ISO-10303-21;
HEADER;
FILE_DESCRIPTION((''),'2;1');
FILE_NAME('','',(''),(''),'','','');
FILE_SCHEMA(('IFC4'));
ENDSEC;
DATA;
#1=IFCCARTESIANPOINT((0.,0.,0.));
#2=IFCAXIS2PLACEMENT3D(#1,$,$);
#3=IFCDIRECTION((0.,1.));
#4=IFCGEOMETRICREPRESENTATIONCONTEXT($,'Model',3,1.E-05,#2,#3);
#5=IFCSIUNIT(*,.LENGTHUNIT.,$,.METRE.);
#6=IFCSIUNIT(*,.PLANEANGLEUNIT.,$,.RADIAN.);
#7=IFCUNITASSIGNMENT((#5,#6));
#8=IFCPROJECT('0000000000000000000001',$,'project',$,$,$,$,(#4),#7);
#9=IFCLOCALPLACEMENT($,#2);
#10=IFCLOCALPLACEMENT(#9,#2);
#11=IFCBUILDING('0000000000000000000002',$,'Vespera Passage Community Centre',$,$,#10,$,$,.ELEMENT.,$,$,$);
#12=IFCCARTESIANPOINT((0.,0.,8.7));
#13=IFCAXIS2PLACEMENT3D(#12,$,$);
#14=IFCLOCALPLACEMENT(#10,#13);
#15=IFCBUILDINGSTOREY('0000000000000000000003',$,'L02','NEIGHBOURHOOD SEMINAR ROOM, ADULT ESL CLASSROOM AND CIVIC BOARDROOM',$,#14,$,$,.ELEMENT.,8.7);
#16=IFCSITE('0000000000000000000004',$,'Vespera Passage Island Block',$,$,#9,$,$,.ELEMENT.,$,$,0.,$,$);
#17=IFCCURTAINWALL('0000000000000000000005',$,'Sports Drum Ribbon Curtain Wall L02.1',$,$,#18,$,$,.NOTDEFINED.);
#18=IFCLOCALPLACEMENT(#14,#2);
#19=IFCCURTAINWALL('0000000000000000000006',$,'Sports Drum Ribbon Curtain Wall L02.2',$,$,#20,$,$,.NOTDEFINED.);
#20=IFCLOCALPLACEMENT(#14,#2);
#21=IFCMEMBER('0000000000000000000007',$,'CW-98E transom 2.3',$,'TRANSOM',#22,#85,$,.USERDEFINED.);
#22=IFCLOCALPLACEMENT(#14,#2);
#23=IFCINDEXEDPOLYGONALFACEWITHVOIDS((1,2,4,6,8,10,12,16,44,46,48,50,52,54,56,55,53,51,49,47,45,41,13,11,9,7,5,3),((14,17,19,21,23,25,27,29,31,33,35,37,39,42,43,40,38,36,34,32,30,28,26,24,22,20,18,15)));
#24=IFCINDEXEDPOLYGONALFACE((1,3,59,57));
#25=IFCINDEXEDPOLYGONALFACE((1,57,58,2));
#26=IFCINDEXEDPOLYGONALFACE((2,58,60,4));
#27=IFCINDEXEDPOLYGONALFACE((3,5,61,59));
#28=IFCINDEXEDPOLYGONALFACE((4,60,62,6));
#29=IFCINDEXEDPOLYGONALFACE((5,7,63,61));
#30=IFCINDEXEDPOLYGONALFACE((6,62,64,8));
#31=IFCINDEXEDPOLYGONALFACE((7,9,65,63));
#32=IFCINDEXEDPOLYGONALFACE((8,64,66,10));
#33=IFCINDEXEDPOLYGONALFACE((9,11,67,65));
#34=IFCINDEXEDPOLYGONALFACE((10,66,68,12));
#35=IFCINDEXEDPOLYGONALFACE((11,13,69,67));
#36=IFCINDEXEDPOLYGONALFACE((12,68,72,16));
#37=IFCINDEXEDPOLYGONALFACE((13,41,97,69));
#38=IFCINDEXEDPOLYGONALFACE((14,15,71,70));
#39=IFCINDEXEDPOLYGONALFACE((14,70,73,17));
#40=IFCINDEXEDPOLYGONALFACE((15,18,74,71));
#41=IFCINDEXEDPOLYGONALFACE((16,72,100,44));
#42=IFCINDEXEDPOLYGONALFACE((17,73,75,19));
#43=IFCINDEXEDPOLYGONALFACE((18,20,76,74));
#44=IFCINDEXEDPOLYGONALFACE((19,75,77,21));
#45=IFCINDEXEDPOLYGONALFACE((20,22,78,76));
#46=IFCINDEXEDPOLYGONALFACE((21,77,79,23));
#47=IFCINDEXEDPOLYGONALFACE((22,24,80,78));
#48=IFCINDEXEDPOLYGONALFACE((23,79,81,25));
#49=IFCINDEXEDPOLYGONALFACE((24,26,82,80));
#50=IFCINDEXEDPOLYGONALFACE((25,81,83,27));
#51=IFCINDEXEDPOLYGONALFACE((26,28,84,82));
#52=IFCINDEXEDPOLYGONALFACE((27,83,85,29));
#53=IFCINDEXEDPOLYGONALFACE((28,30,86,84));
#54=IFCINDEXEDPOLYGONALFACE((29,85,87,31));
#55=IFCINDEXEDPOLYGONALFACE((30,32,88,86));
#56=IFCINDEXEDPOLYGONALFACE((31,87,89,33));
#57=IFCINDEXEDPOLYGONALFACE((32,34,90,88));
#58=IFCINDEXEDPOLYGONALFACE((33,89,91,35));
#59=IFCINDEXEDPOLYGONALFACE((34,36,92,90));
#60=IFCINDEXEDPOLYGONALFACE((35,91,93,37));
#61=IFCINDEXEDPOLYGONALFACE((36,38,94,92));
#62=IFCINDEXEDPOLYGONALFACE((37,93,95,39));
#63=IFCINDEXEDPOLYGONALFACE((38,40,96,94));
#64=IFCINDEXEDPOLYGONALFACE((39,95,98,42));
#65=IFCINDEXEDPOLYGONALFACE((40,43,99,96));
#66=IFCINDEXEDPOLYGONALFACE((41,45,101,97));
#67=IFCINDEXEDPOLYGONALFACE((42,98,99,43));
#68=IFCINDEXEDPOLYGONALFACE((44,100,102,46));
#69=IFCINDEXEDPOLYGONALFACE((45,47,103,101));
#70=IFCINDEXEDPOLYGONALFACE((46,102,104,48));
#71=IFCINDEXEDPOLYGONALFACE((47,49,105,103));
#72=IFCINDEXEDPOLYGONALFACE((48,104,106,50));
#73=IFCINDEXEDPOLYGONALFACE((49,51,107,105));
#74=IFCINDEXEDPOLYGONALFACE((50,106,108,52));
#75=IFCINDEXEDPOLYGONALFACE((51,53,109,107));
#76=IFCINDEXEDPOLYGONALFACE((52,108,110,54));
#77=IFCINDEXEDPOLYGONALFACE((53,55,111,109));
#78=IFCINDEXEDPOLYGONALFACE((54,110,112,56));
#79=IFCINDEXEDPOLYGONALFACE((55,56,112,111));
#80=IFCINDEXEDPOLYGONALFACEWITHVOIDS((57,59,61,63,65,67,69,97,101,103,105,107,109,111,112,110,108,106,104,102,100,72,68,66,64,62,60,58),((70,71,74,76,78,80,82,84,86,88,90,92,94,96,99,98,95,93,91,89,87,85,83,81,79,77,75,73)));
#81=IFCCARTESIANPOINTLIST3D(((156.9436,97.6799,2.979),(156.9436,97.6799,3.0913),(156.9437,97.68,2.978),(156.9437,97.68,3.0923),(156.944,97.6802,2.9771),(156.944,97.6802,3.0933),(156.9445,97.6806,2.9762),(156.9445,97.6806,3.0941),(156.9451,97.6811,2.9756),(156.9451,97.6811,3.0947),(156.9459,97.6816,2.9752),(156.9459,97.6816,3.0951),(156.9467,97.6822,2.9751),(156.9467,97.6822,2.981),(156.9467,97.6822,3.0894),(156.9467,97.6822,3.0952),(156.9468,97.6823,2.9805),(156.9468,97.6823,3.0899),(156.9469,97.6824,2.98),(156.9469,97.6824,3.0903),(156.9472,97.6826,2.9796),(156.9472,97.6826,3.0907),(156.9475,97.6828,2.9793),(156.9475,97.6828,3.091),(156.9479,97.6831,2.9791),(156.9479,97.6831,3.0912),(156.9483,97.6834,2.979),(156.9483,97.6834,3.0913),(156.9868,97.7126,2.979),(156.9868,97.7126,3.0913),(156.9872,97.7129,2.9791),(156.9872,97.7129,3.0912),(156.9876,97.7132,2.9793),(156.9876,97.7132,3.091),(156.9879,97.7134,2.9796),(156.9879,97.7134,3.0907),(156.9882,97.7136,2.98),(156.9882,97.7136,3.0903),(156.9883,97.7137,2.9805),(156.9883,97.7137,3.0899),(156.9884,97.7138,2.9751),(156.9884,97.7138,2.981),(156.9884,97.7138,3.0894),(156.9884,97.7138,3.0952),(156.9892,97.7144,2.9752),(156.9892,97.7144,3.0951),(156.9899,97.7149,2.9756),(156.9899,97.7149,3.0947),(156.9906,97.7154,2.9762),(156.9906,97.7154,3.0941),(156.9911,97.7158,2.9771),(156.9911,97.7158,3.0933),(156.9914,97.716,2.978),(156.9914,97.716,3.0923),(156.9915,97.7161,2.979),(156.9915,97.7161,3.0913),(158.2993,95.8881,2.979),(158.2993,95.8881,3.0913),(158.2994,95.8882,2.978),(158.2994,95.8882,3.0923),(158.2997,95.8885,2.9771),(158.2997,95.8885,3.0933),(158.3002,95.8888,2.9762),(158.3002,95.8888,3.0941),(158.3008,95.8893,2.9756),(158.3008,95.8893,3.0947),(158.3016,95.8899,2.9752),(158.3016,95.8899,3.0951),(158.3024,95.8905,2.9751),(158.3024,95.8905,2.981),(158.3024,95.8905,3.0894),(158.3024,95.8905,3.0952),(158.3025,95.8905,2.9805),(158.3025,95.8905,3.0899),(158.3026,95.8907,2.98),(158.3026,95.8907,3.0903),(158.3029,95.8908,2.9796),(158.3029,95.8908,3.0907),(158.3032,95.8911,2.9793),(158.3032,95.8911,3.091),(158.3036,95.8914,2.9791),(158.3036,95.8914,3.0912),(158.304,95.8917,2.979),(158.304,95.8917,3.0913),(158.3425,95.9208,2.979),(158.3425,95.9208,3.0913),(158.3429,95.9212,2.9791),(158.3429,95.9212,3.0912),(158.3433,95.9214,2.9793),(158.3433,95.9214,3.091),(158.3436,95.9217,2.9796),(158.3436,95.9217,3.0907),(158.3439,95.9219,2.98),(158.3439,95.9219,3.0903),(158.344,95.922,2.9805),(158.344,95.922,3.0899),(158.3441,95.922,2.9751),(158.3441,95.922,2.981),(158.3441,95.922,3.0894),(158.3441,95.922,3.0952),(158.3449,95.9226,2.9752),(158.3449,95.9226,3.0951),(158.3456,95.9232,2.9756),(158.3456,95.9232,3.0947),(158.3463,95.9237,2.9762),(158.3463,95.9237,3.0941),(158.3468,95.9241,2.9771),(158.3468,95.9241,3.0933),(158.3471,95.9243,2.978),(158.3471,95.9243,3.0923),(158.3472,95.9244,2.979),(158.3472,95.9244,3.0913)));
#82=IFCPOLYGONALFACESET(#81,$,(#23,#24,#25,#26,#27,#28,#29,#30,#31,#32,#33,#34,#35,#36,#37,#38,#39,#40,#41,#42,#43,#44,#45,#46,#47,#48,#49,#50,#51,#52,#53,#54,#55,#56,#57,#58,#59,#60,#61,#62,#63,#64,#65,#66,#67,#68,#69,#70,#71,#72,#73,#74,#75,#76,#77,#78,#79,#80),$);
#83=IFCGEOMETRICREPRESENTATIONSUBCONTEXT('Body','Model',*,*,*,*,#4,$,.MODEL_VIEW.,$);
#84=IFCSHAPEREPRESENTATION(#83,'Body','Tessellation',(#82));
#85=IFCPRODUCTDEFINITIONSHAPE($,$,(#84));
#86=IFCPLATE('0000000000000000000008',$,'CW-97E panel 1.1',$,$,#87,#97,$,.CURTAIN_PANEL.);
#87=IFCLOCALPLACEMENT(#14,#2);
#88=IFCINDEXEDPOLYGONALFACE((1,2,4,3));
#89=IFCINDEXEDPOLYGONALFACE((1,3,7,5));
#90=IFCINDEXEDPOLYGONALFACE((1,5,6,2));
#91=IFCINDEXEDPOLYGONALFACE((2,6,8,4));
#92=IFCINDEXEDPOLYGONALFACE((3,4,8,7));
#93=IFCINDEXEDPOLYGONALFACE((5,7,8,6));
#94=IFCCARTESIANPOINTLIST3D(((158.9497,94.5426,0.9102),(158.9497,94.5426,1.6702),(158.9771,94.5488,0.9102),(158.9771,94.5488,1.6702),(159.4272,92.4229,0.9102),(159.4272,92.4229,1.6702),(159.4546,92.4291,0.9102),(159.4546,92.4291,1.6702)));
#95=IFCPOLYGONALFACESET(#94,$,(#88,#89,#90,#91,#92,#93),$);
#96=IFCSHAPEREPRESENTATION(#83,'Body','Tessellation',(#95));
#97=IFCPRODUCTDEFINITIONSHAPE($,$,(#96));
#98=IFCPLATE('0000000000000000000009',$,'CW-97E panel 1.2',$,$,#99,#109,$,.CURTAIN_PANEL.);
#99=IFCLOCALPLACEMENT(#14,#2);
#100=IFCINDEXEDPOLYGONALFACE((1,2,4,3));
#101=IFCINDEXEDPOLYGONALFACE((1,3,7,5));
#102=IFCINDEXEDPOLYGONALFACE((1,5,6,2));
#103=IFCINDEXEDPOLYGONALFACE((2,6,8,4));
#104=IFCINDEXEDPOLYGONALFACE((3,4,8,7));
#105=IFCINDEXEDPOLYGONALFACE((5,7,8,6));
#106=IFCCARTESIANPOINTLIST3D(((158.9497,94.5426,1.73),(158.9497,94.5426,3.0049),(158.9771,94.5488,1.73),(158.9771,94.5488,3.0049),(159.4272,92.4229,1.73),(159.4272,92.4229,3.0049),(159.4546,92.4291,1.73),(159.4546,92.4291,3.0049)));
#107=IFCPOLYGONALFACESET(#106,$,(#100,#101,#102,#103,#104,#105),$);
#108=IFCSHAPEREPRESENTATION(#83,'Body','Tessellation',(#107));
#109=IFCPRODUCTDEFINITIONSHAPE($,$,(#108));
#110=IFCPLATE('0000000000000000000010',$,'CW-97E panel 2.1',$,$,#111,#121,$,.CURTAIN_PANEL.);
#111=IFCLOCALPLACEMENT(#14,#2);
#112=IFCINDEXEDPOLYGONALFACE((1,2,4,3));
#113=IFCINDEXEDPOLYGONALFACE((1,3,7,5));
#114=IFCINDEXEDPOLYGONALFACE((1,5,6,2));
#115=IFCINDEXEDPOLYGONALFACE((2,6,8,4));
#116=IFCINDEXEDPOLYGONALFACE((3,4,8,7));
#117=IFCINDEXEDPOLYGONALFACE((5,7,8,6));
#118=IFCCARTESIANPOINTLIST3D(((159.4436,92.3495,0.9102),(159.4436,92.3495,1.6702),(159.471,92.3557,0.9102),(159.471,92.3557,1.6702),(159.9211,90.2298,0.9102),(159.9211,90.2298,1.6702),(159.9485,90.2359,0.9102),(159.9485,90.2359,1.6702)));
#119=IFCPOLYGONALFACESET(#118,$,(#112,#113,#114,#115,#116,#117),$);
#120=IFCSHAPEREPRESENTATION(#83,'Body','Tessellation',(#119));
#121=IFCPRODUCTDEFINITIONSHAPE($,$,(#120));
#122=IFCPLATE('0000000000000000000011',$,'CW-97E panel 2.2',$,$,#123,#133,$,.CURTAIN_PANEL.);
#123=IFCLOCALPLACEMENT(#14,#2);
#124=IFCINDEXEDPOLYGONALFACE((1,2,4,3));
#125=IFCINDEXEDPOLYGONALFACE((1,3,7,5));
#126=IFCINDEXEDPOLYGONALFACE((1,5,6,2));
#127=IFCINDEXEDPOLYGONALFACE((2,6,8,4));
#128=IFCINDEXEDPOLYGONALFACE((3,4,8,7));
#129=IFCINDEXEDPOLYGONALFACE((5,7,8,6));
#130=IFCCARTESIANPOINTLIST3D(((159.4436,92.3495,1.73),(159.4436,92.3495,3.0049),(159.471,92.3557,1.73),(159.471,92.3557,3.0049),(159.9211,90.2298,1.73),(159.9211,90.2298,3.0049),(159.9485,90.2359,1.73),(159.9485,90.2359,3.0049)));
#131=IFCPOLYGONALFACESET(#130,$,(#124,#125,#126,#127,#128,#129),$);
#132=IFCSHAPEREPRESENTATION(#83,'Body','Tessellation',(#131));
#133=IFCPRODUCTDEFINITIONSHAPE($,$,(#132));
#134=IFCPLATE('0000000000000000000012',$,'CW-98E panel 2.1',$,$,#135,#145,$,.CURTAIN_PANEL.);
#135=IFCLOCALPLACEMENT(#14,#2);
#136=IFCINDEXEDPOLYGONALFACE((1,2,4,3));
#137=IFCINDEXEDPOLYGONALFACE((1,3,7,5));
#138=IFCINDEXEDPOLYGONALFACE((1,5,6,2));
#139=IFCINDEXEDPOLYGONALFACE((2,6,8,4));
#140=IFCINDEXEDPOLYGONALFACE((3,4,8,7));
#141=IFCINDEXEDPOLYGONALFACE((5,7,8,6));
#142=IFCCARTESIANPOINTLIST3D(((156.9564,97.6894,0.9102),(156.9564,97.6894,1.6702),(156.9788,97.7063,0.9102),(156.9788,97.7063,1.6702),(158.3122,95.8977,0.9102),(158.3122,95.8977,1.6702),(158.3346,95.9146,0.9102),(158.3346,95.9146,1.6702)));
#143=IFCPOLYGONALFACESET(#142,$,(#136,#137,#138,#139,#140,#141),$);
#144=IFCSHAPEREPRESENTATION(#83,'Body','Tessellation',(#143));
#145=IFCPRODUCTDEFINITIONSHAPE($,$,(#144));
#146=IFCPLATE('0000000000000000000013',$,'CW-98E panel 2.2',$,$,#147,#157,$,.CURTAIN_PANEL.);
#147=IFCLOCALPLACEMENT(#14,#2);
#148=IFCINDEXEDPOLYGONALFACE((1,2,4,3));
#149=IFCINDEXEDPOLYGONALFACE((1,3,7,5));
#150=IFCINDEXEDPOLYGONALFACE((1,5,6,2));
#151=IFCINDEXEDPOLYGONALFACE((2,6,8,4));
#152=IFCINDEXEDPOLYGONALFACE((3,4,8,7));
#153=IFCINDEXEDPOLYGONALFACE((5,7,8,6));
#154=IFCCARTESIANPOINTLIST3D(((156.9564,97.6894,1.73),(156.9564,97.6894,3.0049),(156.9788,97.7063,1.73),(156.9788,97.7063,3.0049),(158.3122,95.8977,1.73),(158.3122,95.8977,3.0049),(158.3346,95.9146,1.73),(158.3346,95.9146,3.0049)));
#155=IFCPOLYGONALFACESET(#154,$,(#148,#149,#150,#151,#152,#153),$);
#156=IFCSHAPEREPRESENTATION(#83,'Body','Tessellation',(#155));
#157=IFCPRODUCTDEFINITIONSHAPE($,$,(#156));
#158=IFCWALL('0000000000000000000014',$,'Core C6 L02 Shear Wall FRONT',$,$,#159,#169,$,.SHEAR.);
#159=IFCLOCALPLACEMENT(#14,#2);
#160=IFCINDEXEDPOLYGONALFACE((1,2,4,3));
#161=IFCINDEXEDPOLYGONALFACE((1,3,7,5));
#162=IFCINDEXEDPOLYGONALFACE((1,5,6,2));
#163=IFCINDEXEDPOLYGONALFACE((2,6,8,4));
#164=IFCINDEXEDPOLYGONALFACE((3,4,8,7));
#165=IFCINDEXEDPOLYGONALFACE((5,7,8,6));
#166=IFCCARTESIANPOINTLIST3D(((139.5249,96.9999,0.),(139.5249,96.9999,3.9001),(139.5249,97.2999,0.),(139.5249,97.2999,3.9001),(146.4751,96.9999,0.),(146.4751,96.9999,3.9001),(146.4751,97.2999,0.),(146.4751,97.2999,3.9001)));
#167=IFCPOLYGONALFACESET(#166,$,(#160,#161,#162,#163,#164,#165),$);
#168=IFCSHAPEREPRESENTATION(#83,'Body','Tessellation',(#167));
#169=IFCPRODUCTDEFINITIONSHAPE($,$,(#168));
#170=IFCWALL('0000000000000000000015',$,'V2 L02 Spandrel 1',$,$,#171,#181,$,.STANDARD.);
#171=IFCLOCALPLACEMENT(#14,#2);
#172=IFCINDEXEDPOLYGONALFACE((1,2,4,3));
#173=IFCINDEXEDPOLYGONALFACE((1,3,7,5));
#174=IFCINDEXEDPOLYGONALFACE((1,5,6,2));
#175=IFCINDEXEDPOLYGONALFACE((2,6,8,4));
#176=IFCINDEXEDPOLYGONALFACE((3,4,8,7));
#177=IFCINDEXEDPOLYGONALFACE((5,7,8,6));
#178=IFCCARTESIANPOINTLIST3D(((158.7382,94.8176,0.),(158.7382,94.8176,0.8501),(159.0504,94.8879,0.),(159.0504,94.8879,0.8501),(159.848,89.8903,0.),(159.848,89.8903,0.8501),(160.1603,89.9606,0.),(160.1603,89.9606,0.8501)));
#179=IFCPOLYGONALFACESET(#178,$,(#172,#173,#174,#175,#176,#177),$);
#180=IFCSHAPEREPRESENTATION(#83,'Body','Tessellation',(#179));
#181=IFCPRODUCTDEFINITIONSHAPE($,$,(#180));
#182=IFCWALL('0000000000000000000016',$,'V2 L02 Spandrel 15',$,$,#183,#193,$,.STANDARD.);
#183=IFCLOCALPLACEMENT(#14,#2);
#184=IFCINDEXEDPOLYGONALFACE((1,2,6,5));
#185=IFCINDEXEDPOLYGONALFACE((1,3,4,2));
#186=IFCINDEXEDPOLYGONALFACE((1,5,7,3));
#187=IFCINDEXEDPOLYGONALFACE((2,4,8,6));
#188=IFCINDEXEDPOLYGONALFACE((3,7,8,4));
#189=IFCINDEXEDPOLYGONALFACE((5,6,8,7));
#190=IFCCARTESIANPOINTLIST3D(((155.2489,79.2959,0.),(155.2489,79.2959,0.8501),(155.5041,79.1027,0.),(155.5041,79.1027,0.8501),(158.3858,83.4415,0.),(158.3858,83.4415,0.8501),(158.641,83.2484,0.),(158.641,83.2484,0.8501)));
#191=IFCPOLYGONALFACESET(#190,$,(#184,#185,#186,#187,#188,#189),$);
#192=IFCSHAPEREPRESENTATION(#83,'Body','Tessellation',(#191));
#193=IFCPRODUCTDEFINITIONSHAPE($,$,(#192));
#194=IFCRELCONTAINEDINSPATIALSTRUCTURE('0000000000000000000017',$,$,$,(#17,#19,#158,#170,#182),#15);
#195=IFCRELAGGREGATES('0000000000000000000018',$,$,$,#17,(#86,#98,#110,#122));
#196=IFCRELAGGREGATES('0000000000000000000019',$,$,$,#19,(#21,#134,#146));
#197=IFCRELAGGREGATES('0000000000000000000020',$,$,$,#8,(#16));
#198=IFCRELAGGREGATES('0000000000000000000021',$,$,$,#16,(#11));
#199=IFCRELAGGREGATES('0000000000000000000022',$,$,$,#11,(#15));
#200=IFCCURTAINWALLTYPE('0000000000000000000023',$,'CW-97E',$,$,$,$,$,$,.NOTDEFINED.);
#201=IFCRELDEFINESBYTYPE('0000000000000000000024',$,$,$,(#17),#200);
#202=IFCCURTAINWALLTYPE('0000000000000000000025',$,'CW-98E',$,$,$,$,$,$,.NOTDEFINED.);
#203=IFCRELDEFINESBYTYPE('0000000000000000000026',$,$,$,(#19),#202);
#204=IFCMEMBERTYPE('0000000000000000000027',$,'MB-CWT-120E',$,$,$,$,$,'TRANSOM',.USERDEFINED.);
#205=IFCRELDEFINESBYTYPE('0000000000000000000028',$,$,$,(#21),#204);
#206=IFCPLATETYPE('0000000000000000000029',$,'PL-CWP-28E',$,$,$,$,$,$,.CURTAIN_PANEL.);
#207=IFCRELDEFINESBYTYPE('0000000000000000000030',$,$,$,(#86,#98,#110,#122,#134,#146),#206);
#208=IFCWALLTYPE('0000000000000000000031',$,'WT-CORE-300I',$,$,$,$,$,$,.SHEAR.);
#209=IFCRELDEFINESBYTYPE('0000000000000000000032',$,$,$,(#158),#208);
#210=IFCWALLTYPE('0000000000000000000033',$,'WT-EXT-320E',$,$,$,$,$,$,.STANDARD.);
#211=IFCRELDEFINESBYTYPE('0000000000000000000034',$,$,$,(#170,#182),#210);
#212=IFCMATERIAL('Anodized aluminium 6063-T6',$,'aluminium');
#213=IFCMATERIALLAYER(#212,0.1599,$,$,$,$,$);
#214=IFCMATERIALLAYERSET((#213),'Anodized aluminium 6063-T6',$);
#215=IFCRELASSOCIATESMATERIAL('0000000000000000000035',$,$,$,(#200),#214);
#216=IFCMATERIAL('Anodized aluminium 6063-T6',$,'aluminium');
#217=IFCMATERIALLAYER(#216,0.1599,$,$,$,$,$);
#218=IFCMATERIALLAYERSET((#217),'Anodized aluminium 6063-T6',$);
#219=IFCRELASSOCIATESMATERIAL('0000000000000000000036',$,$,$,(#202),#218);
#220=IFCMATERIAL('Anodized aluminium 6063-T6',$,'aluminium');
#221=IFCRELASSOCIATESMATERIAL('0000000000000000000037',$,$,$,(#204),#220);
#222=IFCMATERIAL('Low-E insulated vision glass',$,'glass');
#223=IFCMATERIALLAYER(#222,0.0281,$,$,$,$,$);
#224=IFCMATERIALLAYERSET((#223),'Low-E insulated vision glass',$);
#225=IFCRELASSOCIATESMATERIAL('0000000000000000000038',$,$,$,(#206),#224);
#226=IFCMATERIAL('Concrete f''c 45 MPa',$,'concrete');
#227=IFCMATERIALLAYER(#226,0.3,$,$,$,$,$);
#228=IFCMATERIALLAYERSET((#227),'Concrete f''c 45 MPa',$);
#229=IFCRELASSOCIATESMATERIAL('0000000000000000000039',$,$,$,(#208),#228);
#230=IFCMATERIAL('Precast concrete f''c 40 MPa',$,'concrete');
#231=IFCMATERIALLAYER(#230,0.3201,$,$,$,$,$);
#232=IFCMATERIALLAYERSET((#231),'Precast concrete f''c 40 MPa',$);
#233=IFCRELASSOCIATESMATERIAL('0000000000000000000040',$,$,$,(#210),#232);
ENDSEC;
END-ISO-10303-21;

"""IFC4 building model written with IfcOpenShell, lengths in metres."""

from ifc_helpers import new_model, si_unit, direction, frame, frame_2d, origin, origin_2d, place, context, subcontext, project, spatial, rectangle, hollow_rectangle, extrude, material, layer, layer_set, material_profile, profile_set, type_object, element, aggregate, save


model = new_model("IFC4")

# Units and contexts
model_context = context("Model", 3, precision=1e-05, world=origin(), true_north=direction((0.0, 1.0)))
body_context = subcontext(model_context, "Body", "Model", "MODEL_VIEW")
ifc_project = project(units=[si_unit("LENGTHUNIT", "METRE"), si_unit("PLANEANGLEUNIT", "RADIAN")], contexts=[model_context])

# Site, building, storey
site_placement = place(None, origin())
site = spatial("IfcSite", under=ifc_project, at=site_placement, Name="Vespera Passage Island Block", CompositionType="ELEMENT", RefElevation=0.0)
building_placement = place(site_placement, origin())
building = spatial("IfcBuilding", under=site, at=building_placement, Name="Vespera Passage Community Centre", CompositionType="ELEMENT")
storey_placement = place(building_placement, frame((0.0, 0.0, 8.7)))
storey = spatial("IfcBuildingStorey", under=building, at=storey_placement, Name="L02", Description="NEIGHBOURHOOD SEMINAR ROOM, ADULT ESL CLASSROOM AND CIVIC BOARDROOM", CompositionType="ELEMENT", Elevation=8.7)

# Curtain wall
ifc_material_1 = material(Name="Anodized aluminium 6063-T6", Category="aluminium")
ifc_layer_1 = layer(ifc_material_1, 0.1599)
ifc_layer_set_1 = layer_set([ifc_layer_1], Name="Anodized aluminium 6063-T6")
curtain_wall_type_1 = type_object("IfcCurtainWallType", Name="CW-97E", PredefinedType="NOTDEFINED", material=ifc_layer_set_1)
curtain_wall_1_placement = place(storey_placement, origin())
curtain_wall_1 = element("IfcCurtainWall", 1, at=curtain_wall_1_placement, inside=storey, type_object=curtain_wall_type_1, Name="Sports Drum Ribbon Curtain Wall L02.1", PredefinedType="NOTDEFINED")

# Curtain wall
ifc_material_2 = material(Name="Anodized aluminium 6063-T6", Category="aluminium")
ifc_layer_2 = layer(ifc_material_2, 0.1599)
ifc_layer_set_2 = layer_set([ifc_layer_2], Name="Anodized aluminium 6063-T6")
curtain_wall_type_2 = type_object("IfcCurtainWallType", Name="CW-98E", PredefinedType="NOTDEFINED", material=ifc_layer_set_2)
curtain_wall_2_placement = place(storey_placement, origin())
curtain_wall_2 = element("IfcCurtainWall", 2, at=curtain_wall_2_placement, inside=storey, type_object=curtain_wall_type_2, Name="Sports Drum Ribbon Curtain Wall L02.2", PredefinedType="NOTDEFINED")

# Member
ifc_material_3 = material(Name="Anodized aluminium 6063-T6", Category="aluminium")
ifc_material_profile_1 = material_profile(ifc_material_3, hollow_rectangle(XDim=0.0601, YDim=0.1201, WallThickness=0.0039, InnerFilletRadius=0.002, OuterFilletRadius=0.0039, at=origin_2d()), Name="ALU120X60X4")
ifc_profile_set_1 = profile_set([ifc_material_profile_1], Name="Anodized aluminium 6063-T6")
member_type_1 = type_object("IfcMemberType", Name="MB-CWT-120E", ElementType="TRANSOM", PredefinedType="USERDEFINED", material=ifc_profile_set_1)
member_1_placement = place(storey_placement, frame((156.9675, 97.698, 3.0352), z_axis=(0.603385, -0.79745, 0.0), x_axis=(0.79745, 0.603385, 0.0)))
member_1 = element("IfcMember", 3, at=member_1_placement, type_object=member_type_1, Name="CW-98E transom 2.3", ObjectType="TRANSOM", PredefinedType="USERDEFINED", context=body_context, shape_type="SweptSolid", body=[
    extrude(hollow_rectangle(XDim=0.0601, YDim=0.1201, WallThickness=0.0039, InnerFilletRadius=0.002, OuterFilletRadius=0.0039, at=origin_2d()), origin(), (0.0, 0.0, 1.0), 2.2468),
])

# Plates
ifc_material_4 = material(Name="Low-E insulated vision glass", Category="glass")
ifc_layer_3 = layer(ifc_material_4, 0.0281)
ifc_layer_set_3 = layer_set([ifc_layer_3], Name="Low-E insulated vision glass")
plate_type = type_object("IfcPlateType", Name="PL-CWP-28E", PredefinedType="CURTAIN_PANEL", material=ifc_layer_set_3)
plate_1_placement = place(storey_placement, frame((159.2021, 93.4858, 0.9102), z_axis=(0.0, 0.0, 1.0), x_axis=(0.219763, -0.975553, 0.0)))
plate_1 = element("IfcPlate", 4, at=plate_1_placement, type_object=plate_type, Name="CW-97E panel 1.1", PredefinedType="CURTAIN_PANEL", context=body_context, shape_type="SweptSolid", body=[
    extrude(rectangle(XDim=2.1729, YDim=0.0281, at=origin_2d()), origin(), (0.0, 0.0, 1.0), 0.76),
])
plate_2_placement = place(storey_placement, frame((159.2021, 93.4858, 1.73), z_axis=(0.0, 0.0, 1.0), x_axis=(0.219763, -0.975553, 0.0)))
plate_2 = element("IfcPlate", 5, at=plate_2_placement, type_object=plate_type, Name="CW-97E panel 1.2", PredefinedType="CURTAIN_PANEL", context=body_context, shape_type="SweptSolid", body=[
    extrude(rectangle(XDim=2.1729, YDim=0.0281, at=origin_2d()), origin(), (0.0, 0.0, 1.0), 1.2749),
])
plate_3_placement = place(storey_placement, frame((159.696, 91.2927, 0.9102), z_axis=(0.0, 0.0, 1.0), x_axis=(0.219763, -0.975553, 0.0)))
plate_3 = element("IfcPlate", 6, at=plate_3_placement, type_object=plate_type, Name="CW-97E panel 2.1", PredefinedType="CURTAIN_PANEL", context=body_context, shape_type="SweptSolid", body=[
    extrude(rectangle(XDim=2.1729, YDim=0.0281, at=origin_2d()), origin(), (0.0, 0.0, 1.0), 0.76),
])
plate_4_placement = place(storey_placement, frame((159.696, 91.2927, 1.73), z_axis=(0.0, 0.0, 1.0), x_axis=(0.219763, -0.975553, 0.0)))
plate_4 = element("IfcPlate", 7, at=plate_4_placement, type_object=plate_type, Name="CW-97E panel 2.2", PredefinedType="CURTAIN_PANEL", context=body_context, shape_type="SweptSolid", body=[
    extrude(rectangle(XDim=2.1729, YDim=0.0281, at=origin_2d()), origin(), (0.0, 0.0, 1.0), 1.2749),
])
aggregate(curtain_wall_1, [plate_1, plate_2, plate_3, plate_4])
plate_5_placement = place(storey_placement, frame((157.6455, 96.802, 0.9102), z_axis=(0.0, 0.0, 1.0), x_axis=(0.603406, -0.797434, 0.0)))
plate_5 = element("IfcPlate", 8, at=plate_5_placement, type_object=plate_type, Name="CW-98E panel 2.1", PredefinedType="CURTAIN_PANEL", context=body_context, shape_type="SweptSolid", body=[
    extrude(rectangle(XDim=2.2468, YDim=0.0281, at=origin_2d()), origin(), (0.0, 0.0, 1.0), 0.76),
])
plate_6_placement = place(storey_placement, frame((157.6455, 96.802, 1.73), z_axis=(0.0, 0.0, 1.0), x_axis=(0.603406, -0.797434, 0.0)))
plate_6 = element("IfcPlate", 9, at=plate_6_placement, type_object=plate_type, Name="CW-98E panel 2.2", PredefinedType="CURTAIN_PANEL", context=body_context, shape_type="SweptSolid", body=[
    extrude(rectangle(XDim=2.2468, YDim=0.0281, at=origin_2d()), origin(), (0.0, 0.0, 1.0), 1.2749),
])
aggregate(curtain_wall_2, [member_1, plate_5, plate_6])

# Walls
ifc_material_5 = material(Name="Concrete f'c 45 MPa", Category="concrete")
ifc_layer_4 = layer(ifc_material_5, 0.3)
ifc_layer_set_4 = layer_set([ifc_layer_4], Name="Concrete f'c 45 MPa")
wall_type_1 = type_object("IfcWallType", Name="WT-CORE-300I", PredefinedType="SHEAR", material=ifc_layer_set_4)
wall_1_placement = place(storey_placement, frame((146.4751, 97.1499, 0.0), z_axis=(0.0, 0.0, 1.0), x_axis=(-1.0, 0.0, 0.0)))
element("IfcWall", 10, at=wall_1_placement, inside=storey, type_object=wall_type_1, Name="Core C6 L02 Shear Wall FRONT", PredefinedType="SHEAR", context=body_context, shape_type="SweptSolid", body=[
    extrude(rectangle(XDim=6.9502, YDim=0.3, at=frame_2d((3.4751, 0.0))), origin(), (0.0, 0.0, 1.0), 3.9001),
])
ifc_material_6 = material(Name="Precast concrete f'c 40 MPa", Category="concrete")
ifc_layer_5 = layer(ifc_material_6, 0.3201)
ifc_layer_set_5 = layer_set([ifc_layer_5], Name="Precast concrete f'c 40 MPa")
wall_type_2 = type_object("IfcWallType", Name="WT-EXT-320E", PredefinedType="STANDARD", material=ifc_layer_set_5)
wall_2_placement = place(storey_placement, frame((158.8943, 94.8528, 0.0), z_axis=(0.0, 0.0, 1.0), x_axis=(0.219745, -0.975557, 0.0)))
element("IfcWall", 11, at=wall_2_placement, inside=storey, type_object=wall_type_2, Name="V2 L02 Spandrel 1", PredefinedType="STANDARD", context=body_context, shape_type="SweptSolid", body=[
    extrude(rectangle(XDim=5.0508, YDim=0.3201, at=frame_2d((2.5254, 0.0))), origin(), (0.0, 0.0, 1.0), 0.8501),
])
wall_3_placement = place(storey_placement, frame((158.5134, 83.345, 0.0), z_axis=(0.0, 0.0, 1.0), x_axis=(-0.603398, -0.79744, 0.0)))
element("IfcWall", 12, at=wall_3_placement, inside=storey, type_object=wall_type_2, Name="V2 L02 Spandrel 15", PredefinedType="STANDARD", context=body_context, shape_type="SweptSolid", body=[
    extrude(rectangle(XDim=5.1987, YDim=0.3201, at=frame_2d((2.5994, 0.0))), origin(), (0.0, 0.0, 1.0), 0.8501),
])

save(model, "model.ifc")
